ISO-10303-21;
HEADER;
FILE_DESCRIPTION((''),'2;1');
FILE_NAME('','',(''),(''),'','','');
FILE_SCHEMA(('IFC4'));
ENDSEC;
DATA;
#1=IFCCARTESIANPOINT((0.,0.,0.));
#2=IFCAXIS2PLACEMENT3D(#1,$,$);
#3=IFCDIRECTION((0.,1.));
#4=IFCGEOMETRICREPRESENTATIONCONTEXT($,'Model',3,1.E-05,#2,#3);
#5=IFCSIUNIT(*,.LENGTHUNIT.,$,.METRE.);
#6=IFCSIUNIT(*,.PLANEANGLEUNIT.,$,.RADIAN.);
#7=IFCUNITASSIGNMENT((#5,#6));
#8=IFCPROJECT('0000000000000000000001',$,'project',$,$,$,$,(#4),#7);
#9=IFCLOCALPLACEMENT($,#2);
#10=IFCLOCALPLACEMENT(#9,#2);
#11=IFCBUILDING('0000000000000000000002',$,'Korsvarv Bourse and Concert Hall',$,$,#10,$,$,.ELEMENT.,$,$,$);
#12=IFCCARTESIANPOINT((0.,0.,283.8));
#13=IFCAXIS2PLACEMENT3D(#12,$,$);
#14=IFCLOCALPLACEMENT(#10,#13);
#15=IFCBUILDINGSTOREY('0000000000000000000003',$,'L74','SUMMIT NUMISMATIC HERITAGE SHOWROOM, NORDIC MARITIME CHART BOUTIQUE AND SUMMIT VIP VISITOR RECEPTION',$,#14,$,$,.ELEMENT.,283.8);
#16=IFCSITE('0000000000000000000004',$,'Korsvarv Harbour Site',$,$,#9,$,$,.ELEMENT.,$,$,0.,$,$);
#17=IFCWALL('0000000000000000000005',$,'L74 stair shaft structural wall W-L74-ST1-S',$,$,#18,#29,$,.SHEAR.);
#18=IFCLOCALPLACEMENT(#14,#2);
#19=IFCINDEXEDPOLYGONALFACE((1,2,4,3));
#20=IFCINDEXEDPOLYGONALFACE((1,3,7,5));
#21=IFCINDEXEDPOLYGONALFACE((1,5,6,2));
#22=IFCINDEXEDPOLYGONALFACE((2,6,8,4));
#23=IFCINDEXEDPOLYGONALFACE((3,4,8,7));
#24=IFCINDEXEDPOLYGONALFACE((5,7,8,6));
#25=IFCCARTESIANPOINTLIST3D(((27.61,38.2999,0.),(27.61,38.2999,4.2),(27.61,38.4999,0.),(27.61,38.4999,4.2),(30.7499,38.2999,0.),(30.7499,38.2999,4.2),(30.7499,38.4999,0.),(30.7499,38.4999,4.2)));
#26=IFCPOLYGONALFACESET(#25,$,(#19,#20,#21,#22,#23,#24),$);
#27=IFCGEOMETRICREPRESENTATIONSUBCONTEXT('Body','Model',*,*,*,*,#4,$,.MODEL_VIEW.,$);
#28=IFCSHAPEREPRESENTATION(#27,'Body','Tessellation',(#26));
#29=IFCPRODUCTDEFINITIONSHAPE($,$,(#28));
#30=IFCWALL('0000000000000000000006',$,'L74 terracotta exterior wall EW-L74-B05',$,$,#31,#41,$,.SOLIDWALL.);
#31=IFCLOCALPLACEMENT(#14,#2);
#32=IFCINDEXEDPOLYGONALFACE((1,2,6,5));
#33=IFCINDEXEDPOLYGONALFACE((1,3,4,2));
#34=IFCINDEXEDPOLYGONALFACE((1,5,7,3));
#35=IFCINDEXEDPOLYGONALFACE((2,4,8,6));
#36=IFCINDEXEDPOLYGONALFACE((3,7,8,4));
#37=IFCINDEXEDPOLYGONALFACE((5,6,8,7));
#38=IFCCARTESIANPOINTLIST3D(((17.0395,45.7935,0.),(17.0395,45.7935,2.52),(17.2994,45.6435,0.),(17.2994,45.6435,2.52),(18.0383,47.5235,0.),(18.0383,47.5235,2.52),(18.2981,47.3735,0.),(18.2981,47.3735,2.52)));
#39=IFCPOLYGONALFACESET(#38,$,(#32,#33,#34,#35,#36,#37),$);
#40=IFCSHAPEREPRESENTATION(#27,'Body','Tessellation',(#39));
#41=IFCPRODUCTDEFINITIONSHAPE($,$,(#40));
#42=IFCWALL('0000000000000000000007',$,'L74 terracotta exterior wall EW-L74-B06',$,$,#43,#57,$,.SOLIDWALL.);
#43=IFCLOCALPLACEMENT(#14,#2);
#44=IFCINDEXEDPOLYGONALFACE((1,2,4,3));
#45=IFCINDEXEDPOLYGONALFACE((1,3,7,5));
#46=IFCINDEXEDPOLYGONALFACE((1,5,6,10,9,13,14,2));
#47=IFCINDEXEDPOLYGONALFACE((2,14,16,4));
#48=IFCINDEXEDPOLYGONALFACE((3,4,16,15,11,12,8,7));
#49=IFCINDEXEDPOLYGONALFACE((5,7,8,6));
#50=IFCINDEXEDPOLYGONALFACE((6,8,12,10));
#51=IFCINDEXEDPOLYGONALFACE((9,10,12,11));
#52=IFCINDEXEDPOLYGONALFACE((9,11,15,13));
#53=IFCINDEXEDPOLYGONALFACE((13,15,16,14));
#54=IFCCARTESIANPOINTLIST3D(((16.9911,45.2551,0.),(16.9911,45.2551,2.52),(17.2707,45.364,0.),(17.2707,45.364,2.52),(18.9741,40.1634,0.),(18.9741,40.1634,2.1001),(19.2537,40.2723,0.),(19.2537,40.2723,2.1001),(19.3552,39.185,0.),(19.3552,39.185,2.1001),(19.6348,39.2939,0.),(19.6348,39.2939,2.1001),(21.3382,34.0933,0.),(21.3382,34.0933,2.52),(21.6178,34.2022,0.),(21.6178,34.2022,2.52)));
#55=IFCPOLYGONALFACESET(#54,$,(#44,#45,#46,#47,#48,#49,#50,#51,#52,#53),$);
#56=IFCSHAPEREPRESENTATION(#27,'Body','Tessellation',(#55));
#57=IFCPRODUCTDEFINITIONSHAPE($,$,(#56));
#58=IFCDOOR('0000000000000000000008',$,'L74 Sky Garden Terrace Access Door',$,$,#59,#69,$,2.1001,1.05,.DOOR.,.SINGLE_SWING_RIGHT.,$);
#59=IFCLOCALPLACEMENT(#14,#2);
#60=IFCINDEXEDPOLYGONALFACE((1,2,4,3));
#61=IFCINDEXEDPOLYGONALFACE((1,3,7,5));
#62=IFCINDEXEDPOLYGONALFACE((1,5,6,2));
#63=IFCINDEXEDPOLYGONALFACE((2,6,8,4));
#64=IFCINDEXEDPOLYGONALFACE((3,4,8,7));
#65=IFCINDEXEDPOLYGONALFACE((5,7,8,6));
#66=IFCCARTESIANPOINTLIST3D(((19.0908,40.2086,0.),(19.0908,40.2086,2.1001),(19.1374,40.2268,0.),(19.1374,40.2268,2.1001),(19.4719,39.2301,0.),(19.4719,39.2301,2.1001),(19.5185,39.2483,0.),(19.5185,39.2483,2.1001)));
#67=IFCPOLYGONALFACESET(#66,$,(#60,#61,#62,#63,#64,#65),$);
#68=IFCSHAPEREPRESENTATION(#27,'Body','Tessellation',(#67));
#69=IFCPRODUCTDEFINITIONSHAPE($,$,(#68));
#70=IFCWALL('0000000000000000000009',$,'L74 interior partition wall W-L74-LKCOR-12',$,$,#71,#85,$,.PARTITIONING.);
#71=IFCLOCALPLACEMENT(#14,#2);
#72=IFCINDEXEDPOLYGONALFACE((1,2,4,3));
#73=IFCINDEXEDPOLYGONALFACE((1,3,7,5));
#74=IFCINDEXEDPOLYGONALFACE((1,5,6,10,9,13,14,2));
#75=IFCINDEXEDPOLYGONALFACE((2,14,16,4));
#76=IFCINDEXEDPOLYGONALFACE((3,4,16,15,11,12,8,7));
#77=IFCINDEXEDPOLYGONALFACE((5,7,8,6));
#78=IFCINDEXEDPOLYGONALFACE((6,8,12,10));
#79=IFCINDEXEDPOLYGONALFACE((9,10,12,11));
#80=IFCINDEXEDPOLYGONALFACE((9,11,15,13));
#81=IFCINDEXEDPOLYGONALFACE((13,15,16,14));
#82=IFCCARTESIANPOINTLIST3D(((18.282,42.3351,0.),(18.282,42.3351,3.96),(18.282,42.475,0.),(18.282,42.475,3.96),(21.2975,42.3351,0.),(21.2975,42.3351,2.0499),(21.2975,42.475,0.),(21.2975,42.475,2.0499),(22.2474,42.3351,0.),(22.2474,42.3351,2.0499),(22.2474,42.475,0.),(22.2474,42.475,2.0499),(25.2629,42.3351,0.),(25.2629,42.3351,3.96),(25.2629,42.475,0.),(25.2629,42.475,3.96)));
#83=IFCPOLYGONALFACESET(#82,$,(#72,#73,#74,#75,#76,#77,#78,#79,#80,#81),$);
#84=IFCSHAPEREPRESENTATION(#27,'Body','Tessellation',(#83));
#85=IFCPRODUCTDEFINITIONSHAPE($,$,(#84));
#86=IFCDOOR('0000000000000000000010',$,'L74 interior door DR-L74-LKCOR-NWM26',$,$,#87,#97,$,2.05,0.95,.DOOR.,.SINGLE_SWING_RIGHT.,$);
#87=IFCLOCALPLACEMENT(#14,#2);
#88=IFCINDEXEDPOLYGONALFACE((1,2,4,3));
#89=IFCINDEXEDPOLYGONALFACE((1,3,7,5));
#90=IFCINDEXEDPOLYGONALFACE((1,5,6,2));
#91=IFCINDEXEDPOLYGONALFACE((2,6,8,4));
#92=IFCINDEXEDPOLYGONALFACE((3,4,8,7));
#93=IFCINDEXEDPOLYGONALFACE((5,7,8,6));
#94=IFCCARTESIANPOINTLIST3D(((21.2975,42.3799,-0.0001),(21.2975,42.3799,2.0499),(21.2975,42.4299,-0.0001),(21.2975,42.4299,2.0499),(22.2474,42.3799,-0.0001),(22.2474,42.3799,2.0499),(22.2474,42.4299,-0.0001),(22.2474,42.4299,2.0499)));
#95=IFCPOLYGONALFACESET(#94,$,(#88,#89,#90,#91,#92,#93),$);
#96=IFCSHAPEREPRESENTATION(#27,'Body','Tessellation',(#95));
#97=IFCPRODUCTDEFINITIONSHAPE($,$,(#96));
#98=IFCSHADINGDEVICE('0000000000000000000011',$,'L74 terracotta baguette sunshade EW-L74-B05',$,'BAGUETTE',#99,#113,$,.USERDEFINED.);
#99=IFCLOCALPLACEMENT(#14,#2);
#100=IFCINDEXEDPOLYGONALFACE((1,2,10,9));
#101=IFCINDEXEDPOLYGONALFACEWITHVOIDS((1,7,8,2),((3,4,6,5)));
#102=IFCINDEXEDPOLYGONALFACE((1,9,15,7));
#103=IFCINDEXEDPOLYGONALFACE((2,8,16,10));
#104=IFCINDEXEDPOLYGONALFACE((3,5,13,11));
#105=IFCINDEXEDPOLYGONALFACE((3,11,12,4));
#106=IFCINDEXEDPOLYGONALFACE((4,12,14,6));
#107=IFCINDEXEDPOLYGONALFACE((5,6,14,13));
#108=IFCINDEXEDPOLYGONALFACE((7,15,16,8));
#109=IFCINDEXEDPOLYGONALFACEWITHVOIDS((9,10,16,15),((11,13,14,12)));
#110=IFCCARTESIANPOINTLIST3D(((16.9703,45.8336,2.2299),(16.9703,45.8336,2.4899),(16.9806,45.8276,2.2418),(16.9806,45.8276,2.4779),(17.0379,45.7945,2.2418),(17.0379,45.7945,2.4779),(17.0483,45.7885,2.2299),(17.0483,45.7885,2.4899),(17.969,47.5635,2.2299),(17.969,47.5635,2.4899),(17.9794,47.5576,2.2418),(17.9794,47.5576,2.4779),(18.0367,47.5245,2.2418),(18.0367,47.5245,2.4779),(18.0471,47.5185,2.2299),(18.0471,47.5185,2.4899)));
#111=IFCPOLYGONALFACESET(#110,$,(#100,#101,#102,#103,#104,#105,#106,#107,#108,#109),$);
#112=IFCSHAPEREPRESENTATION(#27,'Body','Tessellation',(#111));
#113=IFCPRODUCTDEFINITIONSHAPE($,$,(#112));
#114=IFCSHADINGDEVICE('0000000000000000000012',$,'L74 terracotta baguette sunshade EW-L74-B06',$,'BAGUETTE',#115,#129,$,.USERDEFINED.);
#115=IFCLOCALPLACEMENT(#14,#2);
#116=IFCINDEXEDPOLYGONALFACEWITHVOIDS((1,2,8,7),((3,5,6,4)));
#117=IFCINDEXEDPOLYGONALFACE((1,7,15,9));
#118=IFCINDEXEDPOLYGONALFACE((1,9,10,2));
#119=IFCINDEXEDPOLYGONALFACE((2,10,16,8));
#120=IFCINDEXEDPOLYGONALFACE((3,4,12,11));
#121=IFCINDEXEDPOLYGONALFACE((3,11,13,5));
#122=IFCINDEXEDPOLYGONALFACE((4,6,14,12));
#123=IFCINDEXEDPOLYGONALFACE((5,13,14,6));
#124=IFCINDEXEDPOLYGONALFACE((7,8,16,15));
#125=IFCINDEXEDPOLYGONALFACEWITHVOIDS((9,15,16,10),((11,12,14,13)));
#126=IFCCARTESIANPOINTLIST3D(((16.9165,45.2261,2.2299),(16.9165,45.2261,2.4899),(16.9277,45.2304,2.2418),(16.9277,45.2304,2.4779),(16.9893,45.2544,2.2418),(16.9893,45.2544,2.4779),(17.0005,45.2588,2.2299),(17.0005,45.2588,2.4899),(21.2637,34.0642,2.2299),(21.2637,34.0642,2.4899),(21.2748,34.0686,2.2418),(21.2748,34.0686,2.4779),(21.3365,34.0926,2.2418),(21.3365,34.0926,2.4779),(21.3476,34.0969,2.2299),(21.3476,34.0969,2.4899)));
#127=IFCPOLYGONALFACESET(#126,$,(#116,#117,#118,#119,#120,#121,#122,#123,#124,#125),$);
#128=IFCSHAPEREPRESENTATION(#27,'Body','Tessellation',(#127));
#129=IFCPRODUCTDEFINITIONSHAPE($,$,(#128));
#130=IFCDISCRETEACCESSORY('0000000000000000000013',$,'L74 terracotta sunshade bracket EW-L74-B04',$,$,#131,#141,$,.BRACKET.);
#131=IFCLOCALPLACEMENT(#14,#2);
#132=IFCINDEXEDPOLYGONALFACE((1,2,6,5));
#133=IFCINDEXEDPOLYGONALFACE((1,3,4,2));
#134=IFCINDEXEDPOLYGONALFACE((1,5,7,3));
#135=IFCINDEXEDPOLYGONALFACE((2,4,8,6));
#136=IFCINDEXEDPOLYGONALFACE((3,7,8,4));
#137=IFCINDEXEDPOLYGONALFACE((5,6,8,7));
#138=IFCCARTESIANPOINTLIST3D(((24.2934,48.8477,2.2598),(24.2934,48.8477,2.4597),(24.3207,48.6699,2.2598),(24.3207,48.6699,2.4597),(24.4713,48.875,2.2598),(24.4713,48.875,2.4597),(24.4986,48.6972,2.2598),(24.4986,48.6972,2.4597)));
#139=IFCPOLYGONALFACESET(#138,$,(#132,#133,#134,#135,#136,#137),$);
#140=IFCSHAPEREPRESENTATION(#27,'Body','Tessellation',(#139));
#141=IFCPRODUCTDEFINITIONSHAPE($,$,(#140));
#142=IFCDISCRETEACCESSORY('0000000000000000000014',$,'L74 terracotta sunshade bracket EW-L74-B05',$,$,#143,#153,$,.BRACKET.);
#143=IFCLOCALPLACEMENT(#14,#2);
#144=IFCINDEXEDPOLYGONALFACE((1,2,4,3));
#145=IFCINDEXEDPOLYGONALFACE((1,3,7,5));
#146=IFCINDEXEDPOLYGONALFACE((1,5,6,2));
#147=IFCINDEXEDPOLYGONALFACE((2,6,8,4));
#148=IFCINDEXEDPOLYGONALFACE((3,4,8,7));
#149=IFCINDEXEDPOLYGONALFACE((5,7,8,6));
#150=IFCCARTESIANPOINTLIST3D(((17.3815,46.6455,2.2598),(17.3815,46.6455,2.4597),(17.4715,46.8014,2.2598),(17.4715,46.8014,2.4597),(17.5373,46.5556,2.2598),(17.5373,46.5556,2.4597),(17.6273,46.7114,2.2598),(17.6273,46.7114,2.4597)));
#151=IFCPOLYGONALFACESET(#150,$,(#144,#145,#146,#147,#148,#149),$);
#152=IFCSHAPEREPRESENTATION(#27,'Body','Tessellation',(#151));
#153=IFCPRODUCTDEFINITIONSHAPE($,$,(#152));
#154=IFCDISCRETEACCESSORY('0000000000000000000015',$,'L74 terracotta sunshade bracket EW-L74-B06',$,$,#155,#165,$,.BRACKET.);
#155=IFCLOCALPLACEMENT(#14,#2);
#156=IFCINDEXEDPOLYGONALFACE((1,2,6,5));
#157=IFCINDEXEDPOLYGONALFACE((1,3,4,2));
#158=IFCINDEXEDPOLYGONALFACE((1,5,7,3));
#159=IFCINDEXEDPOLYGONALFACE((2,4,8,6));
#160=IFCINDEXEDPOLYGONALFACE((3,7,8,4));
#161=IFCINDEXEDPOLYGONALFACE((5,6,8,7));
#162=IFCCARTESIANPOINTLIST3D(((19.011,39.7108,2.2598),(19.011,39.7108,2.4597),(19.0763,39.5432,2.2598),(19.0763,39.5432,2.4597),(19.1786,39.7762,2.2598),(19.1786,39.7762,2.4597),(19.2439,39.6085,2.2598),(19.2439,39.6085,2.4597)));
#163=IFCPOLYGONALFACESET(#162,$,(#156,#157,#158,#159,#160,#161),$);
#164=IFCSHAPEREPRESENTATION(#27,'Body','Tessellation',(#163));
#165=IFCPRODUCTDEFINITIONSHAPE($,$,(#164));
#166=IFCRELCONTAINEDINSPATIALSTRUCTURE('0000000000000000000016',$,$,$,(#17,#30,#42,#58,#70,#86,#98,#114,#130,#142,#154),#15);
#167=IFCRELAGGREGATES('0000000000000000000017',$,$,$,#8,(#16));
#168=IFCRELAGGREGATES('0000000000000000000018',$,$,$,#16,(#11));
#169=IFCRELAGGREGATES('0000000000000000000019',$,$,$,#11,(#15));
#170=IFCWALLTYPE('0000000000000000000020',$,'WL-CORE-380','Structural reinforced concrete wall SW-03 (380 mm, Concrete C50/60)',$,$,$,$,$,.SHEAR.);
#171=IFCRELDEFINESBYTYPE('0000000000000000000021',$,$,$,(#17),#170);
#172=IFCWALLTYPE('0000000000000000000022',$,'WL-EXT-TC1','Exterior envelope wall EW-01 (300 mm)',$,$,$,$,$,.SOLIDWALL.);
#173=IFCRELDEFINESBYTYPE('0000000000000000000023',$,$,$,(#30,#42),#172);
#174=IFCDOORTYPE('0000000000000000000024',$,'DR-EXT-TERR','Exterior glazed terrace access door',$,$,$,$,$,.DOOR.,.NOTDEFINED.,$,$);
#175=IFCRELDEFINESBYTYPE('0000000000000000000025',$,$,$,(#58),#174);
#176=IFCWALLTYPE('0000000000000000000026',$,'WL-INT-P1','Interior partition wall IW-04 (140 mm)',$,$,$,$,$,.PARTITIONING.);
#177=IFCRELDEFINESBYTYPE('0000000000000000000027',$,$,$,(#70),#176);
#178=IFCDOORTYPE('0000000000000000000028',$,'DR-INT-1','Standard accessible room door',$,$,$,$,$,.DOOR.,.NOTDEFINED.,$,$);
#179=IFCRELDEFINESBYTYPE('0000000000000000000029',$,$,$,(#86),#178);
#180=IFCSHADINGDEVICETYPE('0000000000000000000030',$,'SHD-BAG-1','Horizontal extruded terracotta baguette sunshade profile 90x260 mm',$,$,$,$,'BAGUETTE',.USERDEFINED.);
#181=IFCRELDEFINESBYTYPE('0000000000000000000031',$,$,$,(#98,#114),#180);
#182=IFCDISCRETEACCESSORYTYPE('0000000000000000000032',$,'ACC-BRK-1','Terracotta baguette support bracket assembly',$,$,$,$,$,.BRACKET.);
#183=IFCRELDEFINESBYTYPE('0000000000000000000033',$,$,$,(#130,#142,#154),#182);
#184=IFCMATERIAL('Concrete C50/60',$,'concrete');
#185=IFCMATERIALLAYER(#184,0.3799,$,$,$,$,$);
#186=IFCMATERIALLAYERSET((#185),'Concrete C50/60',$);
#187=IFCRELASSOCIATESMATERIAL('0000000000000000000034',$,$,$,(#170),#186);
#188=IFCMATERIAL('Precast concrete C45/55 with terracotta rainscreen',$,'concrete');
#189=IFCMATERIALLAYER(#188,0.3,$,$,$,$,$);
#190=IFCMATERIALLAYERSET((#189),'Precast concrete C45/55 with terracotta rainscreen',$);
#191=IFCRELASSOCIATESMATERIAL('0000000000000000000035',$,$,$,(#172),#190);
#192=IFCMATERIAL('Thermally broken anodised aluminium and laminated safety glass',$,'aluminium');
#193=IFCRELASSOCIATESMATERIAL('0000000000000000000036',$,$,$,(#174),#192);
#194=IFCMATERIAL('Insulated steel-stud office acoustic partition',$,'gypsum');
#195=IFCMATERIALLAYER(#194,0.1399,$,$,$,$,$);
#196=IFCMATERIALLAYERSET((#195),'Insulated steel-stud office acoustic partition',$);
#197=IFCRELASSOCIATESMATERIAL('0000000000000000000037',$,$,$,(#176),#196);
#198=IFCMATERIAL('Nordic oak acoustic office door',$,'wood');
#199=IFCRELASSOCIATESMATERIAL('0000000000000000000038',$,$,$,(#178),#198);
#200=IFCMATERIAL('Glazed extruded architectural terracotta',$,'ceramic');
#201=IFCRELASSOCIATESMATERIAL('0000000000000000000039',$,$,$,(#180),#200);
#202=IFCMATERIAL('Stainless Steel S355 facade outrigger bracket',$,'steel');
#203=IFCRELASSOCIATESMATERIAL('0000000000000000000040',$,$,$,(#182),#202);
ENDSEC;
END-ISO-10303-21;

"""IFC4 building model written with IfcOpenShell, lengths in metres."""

from ifc_helpers import new_model, si_unit, direction, frame, frame_2d, origin, origin_2d, place, context, subcontext, project, spatial, rectangle, hollow_rectangle, extrude, source, transform, mapped, material, layer, layer_set, material_profile, profile_set, type_object, element, fill, save


model = new_model("IFC4")

# Units and contexts
model_context = context("Model", 3, precision=1e-05, world=origin(), true_north=direction((0.0, 1.0)))
body_context = subcontext(model_context, "Body", "Model", "MODEL_VIEW")
ifc_project = project(units=[si_unit("LENGTHUNIT", "METRE"), si_unit("PLANEANGLEUNIT", "RADIAN")], contexts=[model_context])

# Site, building, storey
site_placement = place(None, origin())
site = spatial("IfcSite", under=ifc_project, at=site_placement, Name="Korsvarv Harbour Site", CompositionType="ELEMENT", RefElevation=0.0)
building_placement = place(site_placement, origin())
building = spatial("IfcBuilding", under=site, at=building_placement, Name="Korsvarv Bourse and Concert Hall", CompositionType="ELEMENT")
storey_placement = place(building_placement, frame((0.0, 0.0, 283.8)))
storey = spatial("IfcBuildingStorey", under=building, at=storey_placement, Name="L74", Description="SUMMIT NUMISMATIC HERITAGE SHOWROOM, NORDIC MARITIME CHART BOUTIQUE AND SUMMIT VIP VISITOR RECEPTION", CompositionType="ELEMENT", Elevation=283.8)

# Shared definitions
ifc_material_1 = material(Name="Concrete C50/60", Category="concrete")

# Walls
ifc_layer_1 = layer(ifc_material_1, 0.3799)
ifc_layer_set_1 = layer_set([ifc_layer_1], Name="Concrete C50/60")
wall_type_1 = type_object("IfcWallType", Name="WL-CORE-380", Description="Structural reinforced concrete wall SW-03 (380 mm, Concrete C50/60)", PredefinedType="SHEAR", material=ifc_layer_set_1)
wall_1_placement = place(storey_placement, frame((27.6101, 38.3999, 0.0), z_axis=(0.0, 0.0, 1.0), x_axis=(1.0, 0.0, 0.0)))
element("IfcWall", 1, at=wall_1_placement, inside=storey, type_object=wall_type_1, Name="L74 stair shaft structural wall W-L74-ST1-S", PredefinedType="SHEAR", context=body_context, shape_type="SweptSolid", body=[
    extrude(rectangle(XDim=3.1399, YDim=0.2, at=frame_2d((1.5698, 0.0))), origin(), (0.0, 0.0, 1.0), 4.2),
])
ifc_material_2 = material(Name="Precast concrete C45/55 with terracotta rainscreen", Category="concrete")
ifc_layer_2 = layer(ifc_material_2, 0.3)
ifc_layer_set_2 = layer_set([ifc_layer_2], Name="Precast concrete C45/55 with terracotta rainscreen")
wall_type_2 = type_object("IfcWallType", Name="WL-EXT-TC1", Description="Exterior envelope wall EW-01 (300 mm)", PredefinedType="SOLIDWALL", material=ifc_layer_set_2)
wall_2_placement = place(storey_placement, frame((18.1682, 47.4485, 0.0), z_axis=(0.0, 0.0, 1.0), x_axis=(-0.49999, -0.866031, 0.0)))
element("IfcWall", 2, at=wall_2_placement, inside=storey, type_object=wall_type_2, Name="L74 terracotta exterior wall EW-L74-B05", PredefinedType="SOLIDWALL", context=body_context, shape_type="SweptSolid", body=[
    extrude(rectangle(XDim=1.9976, YDim=0.3, at=frame_2d((0.9988, 0.0))), origin(), (0.0, 0.0, 1.0), 2.52),
])

# Walls, openings, doors
wall_3_placement = place(storey_placement, frame((17.1309, 45.3096, 0.0), z_axis=(0.0, 0.0, 1.0), x_axis=(0.362913, -0.931823, 0.0)))
wall_3 = element("IfcWall", 3, at=wall_3_placement, inside=storey, type_object=wall_type_2, Name="L74 terracotta exterior wall EW-L74-B06", PredefinedType="SOLIDWALL", context=body_context, shape_type="SweptSolid", body=[
    extrude(rectangle(XDim=11.9785, YDim=0.3, at=frame_2d((5.9893, 0.0))), origin(), (0.0, 0.0, 1.0), 2.52),
])
opening_1_placement = place(wall_3_placement, frame((5.4644, 0.0, 0.0)))
opening_1 = element("IfcOpeningElement", 4, at=opening_1_placement, cuts=wall_3, PredefinedType="OPENING", context=body_context, shape_type="SweptSolid", body=[
    extrude(rectangle(XDim=1.05, YDim=2.1001, at=frame_2d((0.5249, 1.05))), frame((0.0, 0.1602, 0.0), z_axis=(0.0, -1.0, 0.0), x_axis=(1.0, 0.0, 0.0)), (0.0, 0.0, 1.0), 0.3201),
])
ifc_material_3 = material(Name="Thermally broken anodised aluminium and laminated safety glass", Category="aluminium")
door_type_1 = type_object("IfcDoorType", Name="DR-EXT-TERR", Description="Exterior glazed terrace access door", OperationType="NOTDEFINED", PredefinedType="DOOR", material=ifc_material_3)
door_1_placement = place(opening_1_placement, frame((1.05, 0.0, 0.0), z_axis=(0.0, 0.0, 1.0), x_axis=(-1.0, 0.0, 0.0)))
door_1 = element("IfcDoor", 5, at=door_1_placement, inside=storey, type_object=door_type_1, Name="L74 Sky Garden Terrace Access Door", OperationType="SINGLE_SWING_RIGHT", OverallHeight=2.1001, OverallWidth=1.05, PredefinedType="DOOR", context=body_context, shape_type="SweptSolid", body=[
    extrude(rectangle(XDim=1.05, YDim=2.1001, at=frame_2d((0.5249, 1.05))), frame((0.0, 0.0249, 0.0), z_axis=(0.0, -1.0, 0.0), x_axis=(1.0, 0.0, 0.0)), (0.0, 0.0, 1.0), 0.05),
])
fill(opening_1, door_1)
ifc_material_4 = material(Name="Insulated steel-stud office acoustic partition", Category="gypsum")
ifc_layer_3 = layer(ifc_material_4, 0.1399)
ifc_layer_set_3 = layer_set([ifc_layer_3], Name="Insulated steel-stud office acoustic partition")
wall_type_3 = type_object("IfcWallType", Name="WL-INT-P1", Description="Interior partition wall IW-04 (140 mm)", PredefinedType="PARTITIONING", material=ifc_layer_set_3)
wall_4_placement = place(storey_placement, frame((18.282, 42.405, 0.0), z_axis=(0.0, 0.0, 1.0), x_axis=(1.0, 0.0, 0.0)))
wall_4 = element("IfcWall", 6, at=wall_4_placement, inside=storey, type_object=wall_type_3, Name="L74 interior partition wall W-L74-LKCOR-12", PredefinedType="PARTITIONING", context=body_context, shape_type="SweptSolid", body=[
    extrude(rectangle(XDim=6.981, YDim=0.1399, at=frame_2d((3.4905, 0.0))), origin(), (0.0, 0.0, 1.0), 3.96),
])
opening_2_placement = place(wall_4_placement, frame((3.0154, 0.0, 0.0)))
opening_2 = element("IfcOpeningElement", 7, at=opening_2_placement, cuts=wall_4, PredefinedType="OPENING", context=body_context, shape_type="SweptSolid", body=[
    extrude(rectangle(XDim=0.95, YDim=2.05, at=frame_2d((0.4751, 1.0249))), frame((0.0, 0.0801, 0.0), z_axis=(0.0, -1.0, 0.0), x_axis=(1.0, 0.0, 0.0)), (0.0, 0.0, 1.0), 0.1599),
])
ifc_material_5 = material(Name="Nordic oak acoustic office door", Category="wood")
door_type_2 = type_object("IfcDoorType", Name="DR-INT-1", Description="Standard accessible room door", OperationType="NOTDEFINED", PredefinedType="DOOR", material=ifc_material_5)
door_2_placement = place(opening_2_placement, origin())
door_2 = element("IfcDoor", 8, at=door_2_placement, inside=storey, type_object=door_type_2, Name="L74 interior door DR-L74-LKCOR-NWM26", OperationType="SINGLE_SWING_RIGHT", OverallHeight=2.05, OverallWidth=0.95, PredefinedType="DOOR", context=body_context, shape_type="SweptSolid", body=[
    extrude(rectangle(XDim=0.95, YDim=2.05, at=frame_2d((0.4751, 1.0249))), frame((0.0, 0.0249, 0.0), z_axis=(0.0, -1.0, 0.0), x_axis=(1.0, 0.0, 0.0)), (0.0, 0.0, 1.0), 0.05),
])
fill(opening_2, door_2)

# Shading devices
ifc_material_6 = material(Name="Glazed extruded architectural terracotta", Category="ceramic")
ifc_material_profile_1 = material_profile(ifc_material_6, hollow_rectangle(XDim=0.0901, YDim=0.26, WallThickness=0.012, at=origin_2d()), Name="TC-BAG 90x260")
ifc_profile_set_1 = profile_set([ifc_material_profile_1], Name="Glazed extruded architectural terracotta")
shading_device_type = type_object("IfcShadingDeviceType", Name="SHD-BAG-1", Description="Horizontal extruded terracotta baguette sunshade profile 90x260 mm", ElementType="BAGUETTE", PredefinedType="USERDEFINED", material=ifc_profile_set_1)
shared_shape_1 = source(origin(), body_context, "Body", "SweptSolid", [
    extrude(hollow_rectangle(XDim=0.0901, YDim=0.26, WallThickness=0.012, at=origin_2d()), origin(), (0.0, 0.0, 1.0), 1.9976),
])
shading_device_1_placement = place(storey_placement, frame((18.0081, 47.541, 2.3599), z_axis=(-0.49999, -0.866031, 0.0), x_axis=(0.866031, -0.49999, 0.0)))
element("IfcShadingDevice", 9, at=shading_device_1_placement, inside=storey, type_object=shading_device_type, Name="L74 terracotta baguette sunshade EW-L74-B05", ObjectType="BAGUETTE", PredefinedType="USERDEFINED", context=body_context, shape_type="MappedRepresentation", body=[
    mapped(shared_shape_1, transform((0.0, 0.0, 0.0), scale=1.0)),
])
shared_shape_2 = source(origin(), body_context, "Body", "SweptSolid", [
    extrude(hollow_rectangle(XDim=0.0901, YDim=0.26, WallThickness=0.012, at=origin_2d()), origin(), (0.0, 0.0, 1.0), 11.9785),
])
shading_device_2_placement = place(storey_placement, frame((16.9585, 45.2424, 2.3599), z_axis=(0.362913, -0.931823, 0.0), x_axis=(0.931823, 0.362913, 0.0)))
element("IfcShadingDevice", 10, at=shading_device_2_placement, inside=storey, type_object=shading_device_type, Name="L74 terracotta baguette sunshade EW-L74-B06", ObjectType="BAGUETTE", PredefinedType="USERDEFINED", context=body_context, shape_type="MappedRepresentation", body=[
    mapped(shared_shape_2, transform((0.0, 0.0, 0.0), scale=1.0)),
])

# Discrete accessories
ifc_material_7 = material(Name="Stainless Steel S355 facade outrigger bracket", Category="steel")
discrete_accessory_type = type_object("IfcDiscreteAccessoryType", Name="ACC-BRK-1", Description="Terracotta baguette support bracket assembly", PredefinedType="BRACKET", material=ifc_material_7)
shared_shape_3 = source(origin(), body_context, "Body", "SweptSolid", [
    extrude(rectangle(XDim=0.1799, YDim=0.1799, at=origin_2d()), origin(), (0.0, 0.0, 1.0), 0.2),
])
for number, where, z_axis, x_axis, name in (
    (11, (24.396, 48.7725, 2.2598), (0.0, 0.0, 1.0), (-0.988441, -0.151606, 0.0), "L74 terracotta sunshade bracket EW-L74-B04"),
    (12, (17.5044, 46.6785, 2.2598), (0.0, 0.0, 1.0), (-0.5, -0.866025, 0.0), "L74 terracotta sunshade bracket EW-L74-B05"),
    (13, (19.1274, 39.6597, 2.2598), (0.0, 0.0, 1.0), (0.362926, -0.931818, 0.0), "L74 terracotta sunshade bracket EW-L74-B06"),
):
    element("IfcDiscreteAccessory", number, at=place(storey_placement, frame(where, z_axis=z_axis, x_axis=x_axis)), inside=storey, type_object=discrete_accessory_type, Name=name, PredefinedType="BRACKET", context=body_context, shape_type="MappedRepresentation", body=[
        mapped(shared_shape_3, transform((0.0, 0.0, 0.0), scale=1.0)),
    ])

save(model, "model.ifc")
